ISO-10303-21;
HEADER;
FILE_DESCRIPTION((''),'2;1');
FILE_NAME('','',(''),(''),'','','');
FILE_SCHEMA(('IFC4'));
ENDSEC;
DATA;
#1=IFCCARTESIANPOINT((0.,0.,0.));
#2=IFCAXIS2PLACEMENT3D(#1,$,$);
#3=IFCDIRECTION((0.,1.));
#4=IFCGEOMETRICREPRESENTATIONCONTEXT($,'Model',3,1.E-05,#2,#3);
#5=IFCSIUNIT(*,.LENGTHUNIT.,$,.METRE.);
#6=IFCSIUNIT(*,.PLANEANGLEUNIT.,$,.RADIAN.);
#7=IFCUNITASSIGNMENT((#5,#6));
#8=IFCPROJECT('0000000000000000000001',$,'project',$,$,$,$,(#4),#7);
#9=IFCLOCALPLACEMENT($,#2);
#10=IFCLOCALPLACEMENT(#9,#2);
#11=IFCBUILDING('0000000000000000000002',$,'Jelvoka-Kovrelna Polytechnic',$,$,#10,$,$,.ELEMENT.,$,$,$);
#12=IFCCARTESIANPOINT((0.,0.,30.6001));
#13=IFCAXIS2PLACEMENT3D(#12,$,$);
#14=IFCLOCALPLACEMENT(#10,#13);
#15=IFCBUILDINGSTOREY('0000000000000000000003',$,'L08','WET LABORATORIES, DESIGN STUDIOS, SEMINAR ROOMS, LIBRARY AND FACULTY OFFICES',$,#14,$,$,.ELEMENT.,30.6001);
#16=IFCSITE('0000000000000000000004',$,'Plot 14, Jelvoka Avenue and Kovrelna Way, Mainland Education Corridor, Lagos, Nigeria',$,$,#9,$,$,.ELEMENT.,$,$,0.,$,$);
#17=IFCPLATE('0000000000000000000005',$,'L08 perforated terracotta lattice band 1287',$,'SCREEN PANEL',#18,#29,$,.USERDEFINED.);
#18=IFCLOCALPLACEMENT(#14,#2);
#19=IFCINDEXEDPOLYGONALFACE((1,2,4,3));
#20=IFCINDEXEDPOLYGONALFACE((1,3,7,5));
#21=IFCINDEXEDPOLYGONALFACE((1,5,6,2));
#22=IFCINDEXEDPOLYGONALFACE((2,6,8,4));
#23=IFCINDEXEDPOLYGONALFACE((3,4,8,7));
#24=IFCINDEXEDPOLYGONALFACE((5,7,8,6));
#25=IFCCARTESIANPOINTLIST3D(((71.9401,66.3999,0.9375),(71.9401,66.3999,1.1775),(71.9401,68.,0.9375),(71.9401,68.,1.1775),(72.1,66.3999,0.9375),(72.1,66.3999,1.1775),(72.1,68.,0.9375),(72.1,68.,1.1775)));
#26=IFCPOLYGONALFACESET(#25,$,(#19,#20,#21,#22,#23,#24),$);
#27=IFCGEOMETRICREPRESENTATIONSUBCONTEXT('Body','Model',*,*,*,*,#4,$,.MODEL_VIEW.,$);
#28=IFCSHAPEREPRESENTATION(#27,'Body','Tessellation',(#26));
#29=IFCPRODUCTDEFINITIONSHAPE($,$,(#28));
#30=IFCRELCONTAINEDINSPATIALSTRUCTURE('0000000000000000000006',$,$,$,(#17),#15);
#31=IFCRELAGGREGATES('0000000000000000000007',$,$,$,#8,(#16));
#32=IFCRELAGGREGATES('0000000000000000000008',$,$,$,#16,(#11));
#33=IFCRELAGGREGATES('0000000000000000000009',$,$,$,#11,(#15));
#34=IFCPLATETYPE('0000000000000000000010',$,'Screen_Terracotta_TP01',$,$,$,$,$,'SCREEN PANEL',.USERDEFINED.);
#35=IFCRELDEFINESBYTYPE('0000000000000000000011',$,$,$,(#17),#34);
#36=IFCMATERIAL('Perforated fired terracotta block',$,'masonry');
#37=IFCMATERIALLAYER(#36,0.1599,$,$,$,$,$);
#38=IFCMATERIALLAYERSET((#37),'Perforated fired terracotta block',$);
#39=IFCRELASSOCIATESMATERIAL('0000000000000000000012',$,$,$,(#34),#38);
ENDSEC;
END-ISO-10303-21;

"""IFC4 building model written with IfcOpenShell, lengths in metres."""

from ifc_helpers import new_model, si_unit, direction, frame, origin, origin_2d, place, context, subcontext, project, spatial, rectangle, extrude, material, layer, layer_set, type_object, element, save


model = new_model("IFC4")

# Units and contexts
model_context = context("Model", 3, precision=1e-05, world=origin(), true_north=direction((0.0, 1.0)))
body_context = subcontext(model_context, "Body", "Model", "MODEL_VIEW")
ifc_project = project(units=[si_unit("LENGTHUNIT", "METRE"), si_unit("PLANEANGLEUNIT", "RADIAN")], contexts=[model_context])

# Site, building, storey
site_placement = place(None, origin())
site = spatial("IfcSite", under=ifc_project, at=site_placement, Name="Plot 14, Jelvoka Avenue and Kovrelna Way, Mainland Education Corridor, Lagos, Nigeria", CompositionType="ELEMENT", RefElevation=0.0)
building_placement = place(site_placement, origin())
building = spatial("IfcBuilding", under=site, at=building_placement, Name="Jelvoka-Kovrelna Polytechnic", CompositionType="ELEMENT")
storey_placement = place(building_placement, frame((0.0, 0.0, 30.6001)))
storey = spatial("IfcBuildingStorey", under=building, at=storey_placement, Name="L08", Description="WET LABORATORIES, DESIGN STUDIOS, SEMINAR ROOMS, LIBRARY AND FACULTY OFFICES", CompositionType="ELEMENT", Elevation=30.6001)

# Plate
ifc_material_1 = material(Name="Perforated fired terracotta block", Category="masonry")
ifc_layer = layer(ifc_material_1, 0.1599)
ifc_layer_set = layer_set([ifc_layer], Name="Perforated fired terracotta block")
plate_type = type_object("IfcPlateType", Name="Screen_Terracotta_TP01", ElementType="SCREEN PANEL", PredefinedType="USERDEFINED", material=ifc_layer_set)
for number, where, z_axis, x_axis, name in (
    (1, (72.02, 67.2, 0.9375), (0.0, 0.0, 1.0), (0.0, 1.0, 0.0), "L08 perforated terracotta lattice band 1287"),
):
    element("IfcPlate", number, at=place(storey_placement, frame(where, z_axis=z_axis, x_axis=x_axis)), inside=storey, type_object=plate_type, Name=name, ObjectType="SCREEN PANEL", PredefinedType="USERDEFINED", context=body_context, shape_type="SweptSolid", body=[
        extrude(rectangle(XDim=1.6001, YDim=0.1599, at=origin_2d()), origin(), (0.0, 0.0, 1.0), 0.24),
    ])

save(model, "model.ifc")
